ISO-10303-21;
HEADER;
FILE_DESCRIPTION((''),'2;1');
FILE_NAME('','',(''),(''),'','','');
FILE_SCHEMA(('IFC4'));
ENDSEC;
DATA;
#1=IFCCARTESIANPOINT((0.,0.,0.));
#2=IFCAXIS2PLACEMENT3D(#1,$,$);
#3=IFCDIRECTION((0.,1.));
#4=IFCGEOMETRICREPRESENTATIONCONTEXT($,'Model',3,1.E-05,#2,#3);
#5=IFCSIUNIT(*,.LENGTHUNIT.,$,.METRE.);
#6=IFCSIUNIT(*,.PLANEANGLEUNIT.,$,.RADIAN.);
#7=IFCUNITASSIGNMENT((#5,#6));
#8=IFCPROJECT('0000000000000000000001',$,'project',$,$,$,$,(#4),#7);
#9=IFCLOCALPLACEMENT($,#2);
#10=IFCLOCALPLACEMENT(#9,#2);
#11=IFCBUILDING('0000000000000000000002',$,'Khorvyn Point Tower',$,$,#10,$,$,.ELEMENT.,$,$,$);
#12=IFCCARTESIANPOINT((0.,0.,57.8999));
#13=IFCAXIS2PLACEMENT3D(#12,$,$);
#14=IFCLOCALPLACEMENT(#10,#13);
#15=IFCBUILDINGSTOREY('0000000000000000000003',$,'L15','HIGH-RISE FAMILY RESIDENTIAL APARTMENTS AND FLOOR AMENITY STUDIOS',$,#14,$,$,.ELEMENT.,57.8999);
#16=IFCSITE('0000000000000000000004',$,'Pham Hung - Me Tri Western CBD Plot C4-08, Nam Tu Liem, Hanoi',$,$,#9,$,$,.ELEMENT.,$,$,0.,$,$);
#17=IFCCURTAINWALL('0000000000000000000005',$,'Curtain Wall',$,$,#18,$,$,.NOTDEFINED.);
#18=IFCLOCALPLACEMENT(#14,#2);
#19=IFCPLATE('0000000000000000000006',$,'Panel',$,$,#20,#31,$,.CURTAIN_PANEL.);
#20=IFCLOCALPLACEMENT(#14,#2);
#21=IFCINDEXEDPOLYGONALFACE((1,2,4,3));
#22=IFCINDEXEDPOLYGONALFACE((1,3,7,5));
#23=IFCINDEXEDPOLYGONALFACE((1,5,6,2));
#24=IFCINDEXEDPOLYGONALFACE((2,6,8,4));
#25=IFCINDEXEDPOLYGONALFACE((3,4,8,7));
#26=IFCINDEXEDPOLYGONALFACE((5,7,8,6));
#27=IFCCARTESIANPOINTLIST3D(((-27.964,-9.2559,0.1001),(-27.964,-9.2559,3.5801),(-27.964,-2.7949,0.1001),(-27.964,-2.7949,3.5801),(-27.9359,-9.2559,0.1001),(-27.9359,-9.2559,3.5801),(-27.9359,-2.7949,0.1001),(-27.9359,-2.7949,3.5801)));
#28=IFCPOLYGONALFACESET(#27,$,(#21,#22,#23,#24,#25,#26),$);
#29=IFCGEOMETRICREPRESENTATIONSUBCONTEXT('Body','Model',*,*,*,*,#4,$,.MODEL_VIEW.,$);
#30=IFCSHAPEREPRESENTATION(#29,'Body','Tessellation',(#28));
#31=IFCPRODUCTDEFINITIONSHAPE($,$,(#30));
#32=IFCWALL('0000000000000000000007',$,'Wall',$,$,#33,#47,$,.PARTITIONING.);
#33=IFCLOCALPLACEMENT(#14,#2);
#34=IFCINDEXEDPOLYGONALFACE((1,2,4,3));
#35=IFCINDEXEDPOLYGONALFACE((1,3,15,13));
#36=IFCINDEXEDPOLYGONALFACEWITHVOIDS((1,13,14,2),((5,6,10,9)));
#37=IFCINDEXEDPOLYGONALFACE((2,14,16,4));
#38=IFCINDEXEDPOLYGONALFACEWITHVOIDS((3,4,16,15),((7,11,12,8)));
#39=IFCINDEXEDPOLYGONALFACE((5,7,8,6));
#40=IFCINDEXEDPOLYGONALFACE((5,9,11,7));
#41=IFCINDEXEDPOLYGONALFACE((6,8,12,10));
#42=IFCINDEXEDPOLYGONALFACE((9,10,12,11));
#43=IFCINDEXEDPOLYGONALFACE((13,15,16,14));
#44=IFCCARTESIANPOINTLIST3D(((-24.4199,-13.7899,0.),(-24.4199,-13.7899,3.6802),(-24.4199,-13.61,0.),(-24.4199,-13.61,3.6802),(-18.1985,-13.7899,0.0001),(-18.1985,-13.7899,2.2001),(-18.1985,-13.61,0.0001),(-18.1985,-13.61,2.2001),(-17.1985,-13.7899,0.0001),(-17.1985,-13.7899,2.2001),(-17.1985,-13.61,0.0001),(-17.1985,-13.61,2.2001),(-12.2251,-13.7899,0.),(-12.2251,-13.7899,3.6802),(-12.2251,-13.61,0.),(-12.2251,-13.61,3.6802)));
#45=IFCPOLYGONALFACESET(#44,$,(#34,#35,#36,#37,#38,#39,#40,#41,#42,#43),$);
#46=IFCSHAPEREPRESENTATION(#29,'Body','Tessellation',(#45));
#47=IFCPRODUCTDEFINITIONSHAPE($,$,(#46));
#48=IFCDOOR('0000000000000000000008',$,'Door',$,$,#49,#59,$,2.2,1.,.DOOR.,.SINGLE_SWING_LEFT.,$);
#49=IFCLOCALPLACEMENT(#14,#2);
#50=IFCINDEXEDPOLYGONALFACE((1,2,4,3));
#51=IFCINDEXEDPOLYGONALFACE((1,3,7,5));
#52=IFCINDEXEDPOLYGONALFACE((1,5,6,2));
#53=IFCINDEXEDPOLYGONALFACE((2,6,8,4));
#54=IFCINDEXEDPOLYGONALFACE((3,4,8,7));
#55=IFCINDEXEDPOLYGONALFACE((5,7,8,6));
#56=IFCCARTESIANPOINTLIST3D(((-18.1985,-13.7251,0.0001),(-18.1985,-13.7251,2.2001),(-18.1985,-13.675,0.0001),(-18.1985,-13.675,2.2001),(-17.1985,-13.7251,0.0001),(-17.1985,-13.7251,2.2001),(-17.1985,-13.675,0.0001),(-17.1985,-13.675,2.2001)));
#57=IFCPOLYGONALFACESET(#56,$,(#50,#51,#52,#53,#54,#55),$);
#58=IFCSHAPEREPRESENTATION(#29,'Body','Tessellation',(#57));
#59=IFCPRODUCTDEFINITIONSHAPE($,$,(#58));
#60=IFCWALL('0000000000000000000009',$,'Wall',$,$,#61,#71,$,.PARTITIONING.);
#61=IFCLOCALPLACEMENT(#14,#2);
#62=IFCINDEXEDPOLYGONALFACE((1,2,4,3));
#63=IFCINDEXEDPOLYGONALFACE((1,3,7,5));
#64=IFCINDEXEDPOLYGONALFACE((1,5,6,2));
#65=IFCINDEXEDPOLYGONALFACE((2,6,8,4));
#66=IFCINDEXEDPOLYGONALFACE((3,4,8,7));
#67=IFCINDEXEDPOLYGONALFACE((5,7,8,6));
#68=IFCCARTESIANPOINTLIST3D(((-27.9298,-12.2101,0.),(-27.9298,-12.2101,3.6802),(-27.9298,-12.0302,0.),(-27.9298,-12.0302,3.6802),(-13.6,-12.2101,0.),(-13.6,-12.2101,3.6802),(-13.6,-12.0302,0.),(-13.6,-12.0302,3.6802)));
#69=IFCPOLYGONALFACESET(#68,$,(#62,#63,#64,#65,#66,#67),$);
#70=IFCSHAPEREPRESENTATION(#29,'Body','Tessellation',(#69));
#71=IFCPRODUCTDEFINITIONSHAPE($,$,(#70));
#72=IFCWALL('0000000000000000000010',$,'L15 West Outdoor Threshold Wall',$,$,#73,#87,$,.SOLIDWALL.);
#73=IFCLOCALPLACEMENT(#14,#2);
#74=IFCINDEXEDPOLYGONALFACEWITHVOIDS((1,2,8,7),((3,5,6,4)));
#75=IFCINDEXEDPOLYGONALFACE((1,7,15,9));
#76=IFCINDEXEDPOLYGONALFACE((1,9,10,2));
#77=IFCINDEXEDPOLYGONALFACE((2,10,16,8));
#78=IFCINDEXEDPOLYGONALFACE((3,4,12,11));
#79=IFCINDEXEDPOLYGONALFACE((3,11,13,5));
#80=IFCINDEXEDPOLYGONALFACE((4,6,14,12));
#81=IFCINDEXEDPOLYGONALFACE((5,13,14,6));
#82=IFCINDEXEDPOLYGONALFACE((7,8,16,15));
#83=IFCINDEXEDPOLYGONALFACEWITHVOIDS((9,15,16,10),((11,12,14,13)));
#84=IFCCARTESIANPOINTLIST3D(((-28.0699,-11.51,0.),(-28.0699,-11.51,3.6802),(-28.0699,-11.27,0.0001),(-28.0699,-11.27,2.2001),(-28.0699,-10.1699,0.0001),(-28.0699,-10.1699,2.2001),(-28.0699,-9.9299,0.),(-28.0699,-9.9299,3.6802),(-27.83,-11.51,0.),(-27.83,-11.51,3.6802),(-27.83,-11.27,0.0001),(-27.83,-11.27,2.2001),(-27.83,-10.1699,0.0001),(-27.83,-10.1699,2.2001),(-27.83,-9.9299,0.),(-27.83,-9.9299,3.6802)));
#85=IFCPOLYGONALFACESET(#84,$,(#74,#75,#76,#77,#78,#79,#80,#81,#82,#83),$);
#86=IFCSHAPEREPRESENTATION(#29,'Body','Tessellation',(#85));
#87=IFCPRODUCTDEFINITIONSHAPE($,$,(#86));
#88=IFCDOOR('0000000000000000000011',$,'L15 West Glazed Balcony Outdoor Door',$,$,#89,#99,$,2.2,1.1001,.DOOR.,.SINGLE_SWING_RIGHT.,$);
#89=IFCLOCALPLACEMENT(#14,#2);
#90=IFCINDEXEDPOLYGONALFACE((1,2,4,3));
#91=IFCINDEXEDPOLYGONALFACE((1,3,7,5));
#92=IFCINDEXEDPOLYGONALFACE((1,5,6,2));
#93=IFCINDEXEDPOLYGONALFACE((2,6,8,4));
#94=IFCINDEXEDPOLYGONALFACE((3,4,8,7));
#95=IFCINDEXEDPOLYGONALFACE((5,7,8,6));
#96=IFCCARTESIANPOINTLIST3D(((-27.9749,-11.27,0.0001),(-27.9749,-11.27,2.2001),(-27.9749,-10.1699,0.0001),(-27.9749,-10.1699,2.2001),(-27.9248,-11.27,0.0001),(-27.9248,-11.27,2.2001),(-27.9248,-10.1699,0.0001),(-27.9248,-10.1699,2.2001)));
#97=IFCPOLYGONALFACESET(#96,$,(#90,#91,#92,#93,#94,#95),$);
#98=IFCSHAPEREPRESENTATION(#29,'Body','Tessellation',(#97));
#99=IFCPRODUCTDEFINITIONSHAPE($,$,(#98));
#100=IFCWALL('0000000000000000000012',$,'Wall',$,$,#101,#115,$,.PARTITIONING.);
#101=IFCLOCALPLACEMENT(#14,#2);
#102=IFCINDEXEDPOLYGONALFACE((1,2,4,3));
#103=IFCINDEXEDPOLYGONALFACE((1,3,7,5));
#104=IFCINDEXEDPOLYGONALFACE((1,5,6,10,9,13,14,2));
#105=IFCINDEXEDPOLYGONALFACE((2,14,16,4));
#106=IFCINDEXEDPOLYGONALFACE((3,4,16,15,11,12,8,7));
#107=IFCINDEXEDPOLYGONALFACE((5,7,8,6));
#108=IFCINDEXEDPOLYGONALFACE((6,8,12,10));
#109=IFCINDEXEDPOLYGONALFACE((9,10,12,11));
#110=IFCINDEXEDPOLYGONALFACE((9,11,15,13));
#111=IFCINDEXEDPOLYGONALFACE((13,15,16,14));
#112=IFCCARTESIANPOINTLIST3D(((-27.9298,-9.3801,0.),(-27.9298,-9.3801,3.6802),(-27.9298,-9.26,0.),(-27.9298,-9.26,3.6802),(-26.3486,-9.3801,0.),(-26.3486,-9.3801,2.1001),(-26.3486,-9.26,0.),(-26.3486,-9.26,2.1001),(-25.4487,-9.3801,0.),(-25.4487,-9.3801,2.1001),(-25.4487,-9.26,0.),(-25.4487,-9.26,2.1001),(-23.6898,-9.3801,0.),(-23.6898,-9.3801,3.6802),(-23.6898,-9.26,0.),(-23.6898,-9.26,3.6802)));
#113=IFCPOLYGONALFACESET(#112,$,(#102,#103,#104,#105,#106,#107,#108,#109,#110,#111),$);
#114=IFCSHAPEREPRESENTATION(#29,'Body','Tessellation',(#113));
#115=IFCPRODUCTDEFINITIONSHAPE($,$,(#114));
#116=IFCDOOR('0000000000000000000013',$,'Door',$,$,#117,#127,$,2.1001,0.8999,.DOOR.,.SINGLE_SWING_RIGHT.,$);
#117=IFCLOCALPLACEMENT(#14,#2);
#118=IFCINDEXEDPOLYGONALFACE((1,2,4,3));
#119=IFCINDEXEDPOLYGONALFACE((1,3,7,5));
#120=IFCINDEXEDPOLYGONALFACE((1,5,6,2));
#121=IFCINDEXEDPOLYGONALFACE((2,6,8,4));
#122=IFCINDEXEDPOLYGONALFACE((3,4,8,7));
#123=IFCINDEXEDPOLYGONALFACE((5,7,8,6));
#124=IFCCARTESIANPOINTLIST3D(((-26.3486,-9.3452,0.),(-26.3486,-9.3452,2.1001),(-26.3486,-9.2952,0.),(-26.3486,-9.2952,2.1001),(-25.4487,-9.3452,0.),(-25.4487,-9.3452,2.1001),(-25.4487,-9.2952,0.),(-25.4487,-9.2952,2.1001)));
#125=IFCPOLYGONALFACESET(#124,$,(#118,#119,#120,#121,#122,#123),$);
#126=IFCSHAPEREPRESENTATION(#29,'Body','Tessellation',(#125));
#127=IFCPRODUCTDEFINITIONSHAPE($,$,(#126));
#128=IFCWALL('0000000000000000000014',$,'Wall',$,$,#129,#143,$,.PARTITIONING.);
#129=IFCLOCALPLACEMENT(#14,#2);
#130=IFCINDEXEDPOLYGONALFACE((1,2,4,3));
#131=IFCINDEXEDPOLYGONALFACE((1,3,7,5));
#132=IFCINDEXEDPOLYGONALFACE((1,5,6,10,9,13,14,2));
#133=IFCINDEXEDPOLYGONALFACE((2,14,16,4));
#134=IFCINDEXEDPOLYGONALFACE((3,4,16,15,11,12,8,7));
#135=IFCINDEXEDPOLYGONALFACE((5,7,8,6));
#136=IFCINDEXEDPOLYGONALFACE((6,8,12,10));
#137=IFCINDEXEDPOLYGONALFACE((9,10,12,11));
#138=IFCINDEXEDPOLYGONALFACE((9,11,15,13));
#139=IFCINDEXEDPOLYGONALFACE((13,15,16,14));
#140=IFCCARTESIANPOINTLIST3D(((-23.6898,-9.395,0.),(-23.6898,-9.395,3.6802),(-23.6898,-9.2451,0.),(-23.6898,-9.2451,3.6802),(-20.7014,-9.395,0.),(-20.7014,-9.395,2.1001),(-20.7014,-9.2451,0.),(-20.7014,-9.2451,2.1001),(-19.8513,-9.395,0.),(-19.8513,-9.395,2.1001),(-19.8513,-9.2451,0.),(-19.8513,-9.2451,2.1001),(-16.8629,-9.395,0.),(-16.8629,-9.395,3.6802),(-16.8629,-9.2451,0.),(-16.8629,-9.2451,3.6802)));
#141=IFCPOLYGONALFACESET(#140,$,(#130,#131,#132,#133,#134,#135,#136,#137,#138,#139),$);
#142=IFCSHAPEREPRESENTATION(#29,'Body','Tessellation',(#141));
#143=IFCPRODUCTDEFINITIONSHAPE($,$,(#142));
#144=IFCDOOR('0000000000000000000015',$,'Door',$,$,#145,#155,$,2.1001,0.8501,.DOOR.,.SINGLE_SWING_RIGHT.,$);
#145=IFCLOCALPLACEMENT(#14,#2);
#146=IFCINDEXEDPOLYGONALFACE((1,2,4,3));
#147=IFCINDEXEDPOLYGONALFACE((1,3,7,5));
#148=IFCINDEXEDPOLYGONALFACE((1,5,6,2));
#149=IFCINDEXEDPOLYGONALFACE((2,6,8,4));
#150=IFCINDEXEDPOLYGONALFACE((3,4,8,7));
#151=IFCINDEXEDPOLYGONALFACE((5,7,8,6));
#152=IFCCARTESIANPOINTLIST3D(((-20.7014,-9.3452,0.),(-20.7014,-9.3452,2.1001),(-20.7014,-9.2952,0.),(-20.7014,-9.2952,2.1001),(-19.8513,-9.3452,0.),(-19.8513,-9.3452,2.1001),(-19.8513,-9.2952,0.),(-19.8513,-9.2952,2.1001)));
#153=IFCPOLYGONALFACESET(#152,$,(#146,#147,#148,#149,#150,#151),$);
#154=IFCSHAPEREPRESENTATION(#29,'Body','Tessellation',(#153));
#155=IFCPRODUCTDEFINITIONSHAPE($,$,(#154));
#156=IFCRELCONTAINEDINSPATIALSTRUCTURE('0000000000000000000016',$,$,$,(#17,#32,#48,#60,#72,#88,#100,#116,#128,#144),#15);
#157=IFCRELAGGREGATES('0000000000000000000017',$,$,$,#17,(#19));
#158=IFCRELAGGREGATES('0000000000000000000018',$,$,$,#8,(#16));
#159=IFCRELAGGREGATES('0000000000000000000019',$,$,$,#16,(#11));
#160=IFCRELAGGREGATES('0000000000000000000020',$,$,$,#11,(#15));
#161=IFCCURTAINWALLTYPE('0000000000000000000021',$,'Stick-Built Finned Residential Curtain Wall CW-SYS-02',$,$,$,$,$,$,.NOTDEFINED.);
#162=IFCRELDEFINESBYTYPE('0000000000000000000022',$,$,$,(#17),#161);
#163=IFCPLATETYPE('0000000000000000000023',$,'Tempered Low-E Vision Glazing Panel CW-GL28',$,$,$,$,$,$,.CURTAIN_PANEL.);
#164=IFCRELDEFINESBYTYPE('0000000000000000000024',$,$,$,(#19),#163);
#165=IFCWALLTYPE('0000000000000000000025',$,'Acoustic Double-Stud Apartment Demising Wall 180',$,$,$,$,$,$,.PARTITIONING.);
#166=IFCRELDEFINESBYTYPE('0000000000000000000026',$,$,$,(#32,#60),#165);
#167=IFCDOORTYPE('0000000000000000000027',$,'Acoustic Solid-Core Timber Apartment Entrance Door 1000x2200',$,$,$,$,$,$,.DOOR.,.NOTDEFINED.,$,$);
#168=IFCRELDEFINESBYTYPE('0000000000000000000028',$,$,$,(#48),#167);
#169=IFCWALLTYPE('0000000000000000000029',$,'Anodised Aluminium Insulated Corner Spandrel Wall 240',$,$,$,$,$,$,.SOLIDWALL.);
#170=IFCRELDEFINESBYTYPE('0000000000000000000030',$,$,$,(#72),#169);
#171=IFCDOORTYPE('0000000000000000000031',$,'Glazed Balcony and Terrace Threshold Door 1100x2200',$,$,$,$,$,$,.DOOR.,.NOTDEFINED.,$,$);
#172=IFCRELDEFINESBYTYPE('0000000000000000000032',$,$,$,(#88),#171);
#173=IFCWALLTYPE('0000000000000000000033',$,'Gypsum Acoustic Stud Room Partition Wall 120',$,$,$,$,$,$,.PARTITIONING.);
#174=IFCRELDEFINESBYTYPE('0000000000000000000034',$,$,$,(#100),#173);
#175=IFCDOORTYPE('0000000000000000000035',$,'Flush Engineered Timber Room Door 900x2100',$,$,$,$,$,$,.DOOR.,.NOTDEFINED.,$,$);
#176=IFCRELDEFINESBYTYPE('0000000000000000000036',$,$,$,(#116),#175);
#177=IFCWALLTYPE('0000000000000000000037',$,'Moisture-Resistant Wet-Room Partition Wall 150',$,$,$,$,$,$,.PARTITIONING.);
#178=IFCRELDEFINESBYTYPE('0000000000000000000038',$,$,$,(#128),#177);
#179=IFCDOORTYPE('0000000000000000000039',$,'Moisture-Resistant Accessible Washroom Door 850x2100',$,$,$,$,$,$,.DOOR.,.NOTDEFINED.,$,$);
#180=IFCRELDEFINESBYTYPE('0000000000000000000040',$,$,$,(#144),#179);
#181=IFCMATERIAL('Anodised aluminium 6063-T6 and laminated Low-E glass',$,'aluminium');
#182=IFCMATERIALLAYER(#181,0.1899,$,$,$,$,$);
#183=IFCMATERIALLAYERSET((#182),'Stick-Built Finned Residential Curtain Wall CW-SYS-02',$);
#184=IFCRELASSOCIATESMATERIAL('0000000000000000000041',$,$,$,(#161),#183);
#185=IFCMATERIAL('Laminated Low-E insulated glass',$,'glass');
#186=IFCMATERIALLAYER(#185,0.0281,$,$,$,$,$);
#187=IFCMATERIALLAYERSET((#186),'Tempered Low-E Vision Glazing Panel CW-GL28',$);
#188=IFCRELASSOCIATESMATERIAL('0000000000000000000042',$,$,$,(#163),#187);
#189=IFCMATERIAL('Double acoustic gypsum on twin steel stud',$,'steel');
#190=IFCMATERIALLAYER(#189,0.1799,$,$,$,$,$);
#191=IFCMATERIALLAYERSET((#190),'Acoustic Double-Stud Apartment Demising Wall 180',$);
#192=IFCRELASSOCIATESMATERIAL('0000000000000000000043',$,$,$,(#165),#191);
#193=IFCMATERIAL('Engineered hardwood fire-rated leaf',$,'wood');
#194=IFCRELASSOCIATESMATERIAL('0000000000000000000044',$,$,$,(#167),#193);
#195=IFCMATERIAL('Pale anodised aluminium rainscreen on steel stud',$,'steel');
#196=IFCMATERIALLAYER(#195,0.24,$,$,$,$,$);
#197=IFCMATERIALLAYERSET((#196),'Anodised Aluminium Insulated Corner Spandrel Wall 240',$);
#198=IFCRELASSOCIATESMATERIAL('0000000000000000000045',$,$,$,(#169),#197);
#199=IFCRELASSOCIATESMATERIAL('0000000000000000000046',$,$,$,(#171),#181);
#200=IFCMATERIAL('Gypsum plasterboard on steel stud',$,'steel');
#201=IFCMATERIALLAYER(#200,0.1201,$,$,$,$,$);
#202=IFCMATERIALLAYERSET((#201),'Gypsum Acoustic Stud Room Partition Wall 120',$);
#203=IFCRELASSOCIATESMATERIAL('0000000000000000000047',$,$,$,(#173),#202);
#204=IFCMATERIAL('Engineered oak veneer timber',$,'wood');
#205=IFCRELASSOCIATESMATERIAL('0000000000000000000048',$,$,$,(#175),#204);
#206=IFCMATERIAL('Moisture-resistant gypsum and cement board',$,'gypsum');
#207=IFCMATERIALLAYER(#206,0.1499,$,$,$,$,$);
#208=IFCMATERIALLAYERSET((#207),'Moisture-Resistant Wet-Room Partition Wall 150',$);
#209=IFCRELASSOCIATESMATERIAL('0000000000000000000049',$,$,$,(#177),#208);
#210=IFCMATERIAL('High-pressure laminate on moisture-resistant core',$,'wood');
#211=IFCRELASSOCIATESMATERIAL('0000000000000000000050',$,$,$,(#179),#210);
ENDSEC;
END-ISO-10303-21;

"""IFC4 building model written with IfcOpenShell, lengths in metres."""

from ifc_helpers import new_model, si_unit, direction, frame, frame_2d, origin, origin_2d, place, context, subcontext, project, spatial, rectangle, extrude, material, layer, layer_set, type_object, element, fill, aggregate, save


model = new_model("IFC4")

# Units and contexts
model_context = context("Model", 3, precision=1e-05, world=origin(), true_north=direction((0.0, 1.0)))
body_context = subcontext(model_context, "Body", "Model", "MODEL_VIEW")
ifc_project = project(units=[si_unit("LENGTHUNIT", "METRE"), si_unit("PLANEANGLEUNIT", "RADIAN")], contexts=[model_context])

# Site, building, storey
site_placement = place(None, origin())
site = spatial("IfcSite", under=ifc_project, at=site_placement, Name="Pham Hung - Me Tri Western CBD Plot C4-08, Nam Tu Liem, Hanoi", CompositionType="ELEMENT", RefElevation=0.0)
building_placement = place(site_placement, origin())
building = spatial("IfcBuilding", under=site, at=building_placement, Name="Khorvyn Point Tower", CompositionType="ELEMENT")
storey_placement = place(building_placement, frame((0.0, 0.0, 57.8999)))
storey = spatial("IfcBuildingStorey", under=building, at=storey_placement, Name="L15", Description="HIGH-RISE FAMILY RESIDENTIAL APARTMENTS AND FLOOR AMENITY STUDIOS", CompositionType="ELEMENT", Elevation=57.8999)

# Shared definitions
ifc_material_1 = material(Name="Anodised aluminium 6063-T6 and laminated Low-E glass", Category="aluminium")
ifc_layer_1 = layer(ifc_material_1, 0.1899)
ifc_layer_set_1 = layer_set([ifc_layer_1], Name="Stick-Built Finned Residential Curtain Wall CW-SYS-02")
curtain_wall_type = type_object("IfcCurtainWallType", Name="Stick-Built Finned Residential Curtain Wall CW-SYS-02", PredefinedType="NOTDEFINED", material=ifc_layer_set_1)

# Curtain wall
curtain_wall_1_placement = place(storey_placement, origin())
curtain_wall_1 = element("IfcCurtainWall", 1, at=curtain_wall_1_placement, inside=storey, type_object=curtain_wall_type, Name="Curtain Wall", PredefinedType="NOTDEFINED")

# Plate
ifc_material_2 = material(Name="Laminated Low-E insulated glass", Category="glass")
ifc_layer_2 = layer(ifc_material_2, 0.0281)
ifc_layer_set_2 = layer_set([ifc_layer_2], Name="Tempered Low-E Vision Glazing Panel CW-GL28")
plate_type = type_object("IfcPlateType", Name="Tempered Low-E Vision Glazing Panel CW-GL28", PredefinedType="CURTAIN_PANEL", material=ifc_layer_set_2)
plate_1_placement = place(storey_placement, frame((-27.95, -6.0254, 0.1001), z_axis=(0.0, 0.0, 1.0), x_axis=(0.0, 1.0, 0.0)))
plate_1 = element("IfcPlate", 2, at=plate_1_placement, type_object=plate_type, Name="Panel", PredefinedType="CURTAIN_PANEL", context=body_context, shape_type="SweptSolid", body=[
    extrude(rectangle(XDim=6.4609, YDim=0.0281, at=origin_2d()), origin(), (0.0, 0.0, 1.0), 3.48),
])
aggregate(curtain_wall_1, [plate_1])

# Wall, opening, door
ifc_material_3 = material(Name="Double acoustic gypsum on twin steel stud", Category="steel")
ifc_layer_3 = layer(ifc_material_3, 0.1799)
ifc_layer_set_3 = layer_set([ifc_layer_3], Name="Acoustic Double-Stud Apartment Demising Wall 180")
wall_type_1 = type_object("IfcWallType", Name="Acoustic Double-Stud Apartment Demising Wall 180", PredefinedType="PARTITIONING", material=ifc_layer_set_3)
wall_1_placement = place(storey_placement, frame((-24.4199, -13.7, 0.0), z_axis=(0.0, 0.0, 1.0), x_axis=(1.0, 0.0, 0.0)))
wall_1 = element("IfcWall", 3, at=wall_1_placement, inside=storey, type_object=wall_type_1, Name="Wall", PredefinedType="PARTITIONING", context=body_context, shape_type="SweptSolid", body=[
    extrude(rectangle(XDim=12.1948, YDim=0.1799, at=frame_2d((6.0974, 0.0))), origin(), (0.0, 0.0, 1.0), 3.6802),
])
opening_1_placement = place(wall_1_placement, frame((6.2214, 0.0, 0.0)))
opening_1 = element("IfcOpeningElement", 4, at=opening_1_placement, cuts=wall_1, PredefinedType="OPENING", context=body_context, shape_type="SweptSolid", body=[
    extrude(rectangle(XDim=1.0, YDim=2.2, at=frame_2d((0.5, 1.1001))), frame((0.0, 0.0999, 0.0), z_axis=(0.0, -1.0, 0.0), x_axis=(1.0, 0.0, 0.0)), (0.0, 0.0, 1.0), 0.2),
])
ifc_material_4 = material(Name="Engineered hardwood fire-rated leaf", Category="wood")
door_type_1 = type_object("IfcDoorType", Name="Acoustic Solid-Core Timber Apartment Entrance Door 1000x2200", OperationType="NOTDEFINED", PredefinedType="DOOR", material=ifc_material_4)
door_1_placement = place(opening_1_placement, origin())
door_1 = element("IfcDoor", 5, at=door_1_placement, inside=storey, type_object=door_type_1, Name="Door", OperationType="SINGLE_SWING_LEFT", OverallHeight=2.2, OverallWidth=1.0, PredefinedType="DOOR", context=body_context, shape_type="SweptSolid", body=[
    extrude(rectangle(XDim=1.0, YDim=2.2, at=frame_2d((0.5, 1.1001))), frame((0.0, 0.0249, 0.0), z_axis=(0.0, -1.0, 0.0), x_axis=(1.0, 0.0, 0.0)), (0.0, 0.0, 1.0), 0.05),
])
fill(opening_1, door_1)

# Wall
wall_2_placement = place(storey_placement, frame((-27.9299, -12.1201, 0.0), z_axis=(0.0, 0.0, 1.0), x_axis=(1.0, 0.0, 0.0)))
element("IfcWall", 6, at=wall_2_placement, inside=storey, type_object=wall_type_1, Name="Wall", PredefinedType="PARTITIONING", context=body_context, shape_type="SweptSolid", body=[
    extrude(rectangle(XDim=14.3298, YDim=0.1799, at=frame_2d((7.165, 0.0))), origin(), (0.0, 0.0, 1.0), 3.6802),
])

# Walls, openings, doors
ifc_material_5 = material(Name="Pale anodised aluminium rainscreen on steel stud", Category="steel")
ifc_layer_4 = layer(ifc_material_5, 0.24)
ifc_layer_set_4 = layer_set([ifc_layer_4], Name="Anodised Aluminium Insulated Corner Spandrel Wall 240")
wall_type_2 = type_object("IfcWallType", Name="Anodised Aluminium Insulated Corner Spandrel Wall 240", PredefinedType="SOLIDWALL", material=ifc_layer_set_4)
wall_3_placement = place(storey_placement, frame((-27.95, -11.51, 0.0), z_axis=(0.0, 0.0, 1.0), x_axis=(0.0, 1.0, 0.0)))
wall_3 = element("IfcWall", 7, at=wall_3_placement, inside=storey, type_object=wall_type_2, Name="L15 West Outdoor Threshold Wall", PredefinedType="SOLIDWALL", context=body_context, shape_type="SweptSolid", body=[
    extrude(rectangle(XDim=1.5801, YDim=0.24, at=frame_2d((0.79, 0.0))), origin(), (0.0, 0.0, 1.0), 3.6802),
])
opening_2_placement = place(wall_3_placement, frame((0.24, 0.0, 0.0)))
opening_2 = element("IfcOpeningElement", 8, at=opening_2_placement, cuts=wall_3, PredefinedType="OPENING", context=body_context, shape_type="SweptSolid", body=[
    extrude(rectangle(XDim=1.1001, YDim=2.2, at=frame_2d((0.55, 1.1001))), frame((0.0, 0.1299, 0.0), z_axis=(0.0, -1.0, 0.0), x_axis=(1.0, 0.0, 0.0)), (0.0, 0.0, 1.0), 0.26),
])
door_type_2 = type_object("IfcDoorType", Name="Glazed Balcony and Terrace Threshold Door 1100x2200", OperationType="NOTDEFINED", PredefinedType="DOOR", material=ifc_material_1)
door_2_placement = place(opening_2_placement, origin())
door_2 = element("IfcDoor", 9, at=door_2_placement, inside=storey, type_object=door_type_2, Name="L15 West Glazed Balcony Outdoor Door", OperationType="SINGLE_SWING_RIGHT", OverallHeight=2.2, OverallWidth=1.1001, PredefinedType="DOOR", context=body_context, shape_type="SweptSolid", body=[
    extrude(rectangle(XDim=1.1001, YDim=2.2, at=frame_2d((0.55, 1.1001))), frame((0.0, 0.0249, 0.0), z_axis=(0.0, -1.0, 0.0), x_axis=(1.0, 0.0, 0.0)), (0.0, 0.0, 1.0), 0.05),
])
fill(opening_2, door_2)
ifc_material_6 = material(Name="Gypsum plasterboard on steel stud", Category="steel")
ifc_layer_5 = layer(ifc_material_6, 0.1201)
ifc_layer_set_5 = layer_set([ifc_layer_5], Name="Gypsum Acoustic Stud Room Partition Wall 120")
wall_type_3 = type_object("IfcWallType", Name="Gypsum Acoustic Stud Room Partition Wall 120", PredefinedType="PARTITIONING", material=ifc_layer_set_5)
wall_4_placement = place(storey_placement, frame((-27.9299, -9.3201, 0.0), z_axis=(0.0, 0.0, 1.0), x_axis=(1.0, 0.0, 0.0)))
wall_4 = element("IfcWall", 10, at=wall_4_placement, inside=storey, type_object=wall_type_3, Name="Wall", PredefinedType="PARTITIONING", context=body_context, shape_type="SweptSolid", body=[
    extrude(rectangle(XDim=4.24, YDim=0.1201, at=frame_2d((2.1201, 0.0))), origin(), (0.0, 0.0, 1.0), 3.6802),
])
opening_3_placement = place(wall_4_placement, frame((1.5813, 0.0, 0.0)))
opening_3 = element("IfcOpeningElement", 11, at=opening_3_placement, cuts=wall_4, PredefinedType="OPENING", context=body_context, shape_type="SweptSolid", body=[
    extrude(rectangle(XDim=0.8999, YDim=2.1001, at=frame_2d((0.45, 1.05))), frame((0.0, 0.0701, 0.0), z_axis=(0.0, -1.0, 0.0), x_axis=(1.0, 0.0, 0.0)), (0.0, 0.0, 1.0), 0.1401),
])
ifc_material_7 = material(Name="Engineered oak veneer timber", Category="wood")
door_type_3 = type_object("IfcDoorType", Name="Flush Engineered Timber Room Door 900x2100", OperationType="NOTDEFINED", PredefinedType="DOOR", material=ifc_material_7)
door_3_placement = place(opening_3_placement, origin())
door_3 = element("IfcDoor", 12, at=door_3_placement, inside=storey, type_object=door_type_3, Name="Door", OperationType="SINGLE_SWING_RIGHT", OverallHeight=2.1001, OverallWidth=0.8999, PredefinedType="DOOR", context=body_context, shape_type="SweptSolid", body=[
    extrude(rectangle(XDim=0.8999, YDim=2.1001, at=frame_2d((0.45, 1.05))), frame((0.0, 0.0249, 0.0), z_axis=(0.0, -1.0, 0.0), x_axis=(1.0, 0.0, 0.0)), (0.0, 0.0, 1.0), 0.05),
])
fill(opening_3, door_3)
ifc_material_8 = material(Name="Moisture-resistant gypsum and cement board", Category="gypsum")
ifc_layer_6 = layer(ifc_material_8, 0.1499)
ifc_layer_set_6 = layer_set([ifc_layer_6], Name="Moisture-Resistant Wet-Room Partition Wall 150")
wall_type_4 = type_object("IfcWallType", Name="Moisture-Resistant Wet-Room Partition Wall 150", PredefinedType="PARTITIONING", material=ifc_layer_set_6)
wall_5_placement = place(storey_placement, frame((-23.6899, -9.3201, 0.0), z_axis=(0.0, 0.0, 1.0), x_axis=(1.0, 0.0, 0.0)))
wall_5 = element("IfcWall", 13, at=wall_5_placement, inside=storey, type_object=wall_type_4, Name="Wall", PredefinedType="PARTITIONING", context=body_context, shape_type="SweptSolid", body=[
    extrude(rectangle(XDim=6.8269, YDim=0.1499, at=frame_2d((3.4136, 0.0))), origin(), (0.0, 0.0, 1.0), 3.6802),
])
opening_4_placement = place(wall_5_placement, frame((2.9885, 0.0, 0.0)))
opening_4 = element("IfcOpeningElement", 14, at=opening_4_placement, cuts=wall_5, PredefinedType="OPENING", context=body_context, shape_type="SweptSolid", body=[
    extrude(rectangle(XDim=0.8501, YDim=2.1001, at=frame_2d((0.425, 1.05))), frame((0.0, 0.085, 0.0), z_axis=(0.0, -1.0, 0.0), x_axis=(1.0, 0.0, 0.0)), (0.0, 0.0, 1.0), 0.1699),
])
ifc_material_9 = material(Name="High-pressure laminate on moisture-resistant core", Category="wood")
door_type_4 = type_object("IfcDoorType", Name="Moisture-Resistant Accessible Washroom Door 850x2100", OperationType="NOTDEFINED", PredefinedType="DOOR", material=ifc_material_9)
door_4_placement = place(opening_4_placement, origin())
door_4 = element("IfcDoor", 15, at=door_4_placement, inside=storey, type_object=door_type_4, Name="Door", OperationType="SINGLE_SWING_RIGHT", OverallHeight=2.1001, OverallWidth=0.8501, PredefinedType="DOOR", context=body_context, shape_type="SweptSolid", body=[
    extrude(rectangle(XDim=0.8501, YDim=2.1001, at=frame_2d((0.425, 1.05))), frame((0.0, 0.0249, 0.0), z_axis=(0.0, -1.0, 0.0), x_axis=(1.0, 0.0, 0.0)), (0.0, 0.0, 1.0), 0.05),
])
fill(opening_4, door_4)

save(model, "model.ifc")
